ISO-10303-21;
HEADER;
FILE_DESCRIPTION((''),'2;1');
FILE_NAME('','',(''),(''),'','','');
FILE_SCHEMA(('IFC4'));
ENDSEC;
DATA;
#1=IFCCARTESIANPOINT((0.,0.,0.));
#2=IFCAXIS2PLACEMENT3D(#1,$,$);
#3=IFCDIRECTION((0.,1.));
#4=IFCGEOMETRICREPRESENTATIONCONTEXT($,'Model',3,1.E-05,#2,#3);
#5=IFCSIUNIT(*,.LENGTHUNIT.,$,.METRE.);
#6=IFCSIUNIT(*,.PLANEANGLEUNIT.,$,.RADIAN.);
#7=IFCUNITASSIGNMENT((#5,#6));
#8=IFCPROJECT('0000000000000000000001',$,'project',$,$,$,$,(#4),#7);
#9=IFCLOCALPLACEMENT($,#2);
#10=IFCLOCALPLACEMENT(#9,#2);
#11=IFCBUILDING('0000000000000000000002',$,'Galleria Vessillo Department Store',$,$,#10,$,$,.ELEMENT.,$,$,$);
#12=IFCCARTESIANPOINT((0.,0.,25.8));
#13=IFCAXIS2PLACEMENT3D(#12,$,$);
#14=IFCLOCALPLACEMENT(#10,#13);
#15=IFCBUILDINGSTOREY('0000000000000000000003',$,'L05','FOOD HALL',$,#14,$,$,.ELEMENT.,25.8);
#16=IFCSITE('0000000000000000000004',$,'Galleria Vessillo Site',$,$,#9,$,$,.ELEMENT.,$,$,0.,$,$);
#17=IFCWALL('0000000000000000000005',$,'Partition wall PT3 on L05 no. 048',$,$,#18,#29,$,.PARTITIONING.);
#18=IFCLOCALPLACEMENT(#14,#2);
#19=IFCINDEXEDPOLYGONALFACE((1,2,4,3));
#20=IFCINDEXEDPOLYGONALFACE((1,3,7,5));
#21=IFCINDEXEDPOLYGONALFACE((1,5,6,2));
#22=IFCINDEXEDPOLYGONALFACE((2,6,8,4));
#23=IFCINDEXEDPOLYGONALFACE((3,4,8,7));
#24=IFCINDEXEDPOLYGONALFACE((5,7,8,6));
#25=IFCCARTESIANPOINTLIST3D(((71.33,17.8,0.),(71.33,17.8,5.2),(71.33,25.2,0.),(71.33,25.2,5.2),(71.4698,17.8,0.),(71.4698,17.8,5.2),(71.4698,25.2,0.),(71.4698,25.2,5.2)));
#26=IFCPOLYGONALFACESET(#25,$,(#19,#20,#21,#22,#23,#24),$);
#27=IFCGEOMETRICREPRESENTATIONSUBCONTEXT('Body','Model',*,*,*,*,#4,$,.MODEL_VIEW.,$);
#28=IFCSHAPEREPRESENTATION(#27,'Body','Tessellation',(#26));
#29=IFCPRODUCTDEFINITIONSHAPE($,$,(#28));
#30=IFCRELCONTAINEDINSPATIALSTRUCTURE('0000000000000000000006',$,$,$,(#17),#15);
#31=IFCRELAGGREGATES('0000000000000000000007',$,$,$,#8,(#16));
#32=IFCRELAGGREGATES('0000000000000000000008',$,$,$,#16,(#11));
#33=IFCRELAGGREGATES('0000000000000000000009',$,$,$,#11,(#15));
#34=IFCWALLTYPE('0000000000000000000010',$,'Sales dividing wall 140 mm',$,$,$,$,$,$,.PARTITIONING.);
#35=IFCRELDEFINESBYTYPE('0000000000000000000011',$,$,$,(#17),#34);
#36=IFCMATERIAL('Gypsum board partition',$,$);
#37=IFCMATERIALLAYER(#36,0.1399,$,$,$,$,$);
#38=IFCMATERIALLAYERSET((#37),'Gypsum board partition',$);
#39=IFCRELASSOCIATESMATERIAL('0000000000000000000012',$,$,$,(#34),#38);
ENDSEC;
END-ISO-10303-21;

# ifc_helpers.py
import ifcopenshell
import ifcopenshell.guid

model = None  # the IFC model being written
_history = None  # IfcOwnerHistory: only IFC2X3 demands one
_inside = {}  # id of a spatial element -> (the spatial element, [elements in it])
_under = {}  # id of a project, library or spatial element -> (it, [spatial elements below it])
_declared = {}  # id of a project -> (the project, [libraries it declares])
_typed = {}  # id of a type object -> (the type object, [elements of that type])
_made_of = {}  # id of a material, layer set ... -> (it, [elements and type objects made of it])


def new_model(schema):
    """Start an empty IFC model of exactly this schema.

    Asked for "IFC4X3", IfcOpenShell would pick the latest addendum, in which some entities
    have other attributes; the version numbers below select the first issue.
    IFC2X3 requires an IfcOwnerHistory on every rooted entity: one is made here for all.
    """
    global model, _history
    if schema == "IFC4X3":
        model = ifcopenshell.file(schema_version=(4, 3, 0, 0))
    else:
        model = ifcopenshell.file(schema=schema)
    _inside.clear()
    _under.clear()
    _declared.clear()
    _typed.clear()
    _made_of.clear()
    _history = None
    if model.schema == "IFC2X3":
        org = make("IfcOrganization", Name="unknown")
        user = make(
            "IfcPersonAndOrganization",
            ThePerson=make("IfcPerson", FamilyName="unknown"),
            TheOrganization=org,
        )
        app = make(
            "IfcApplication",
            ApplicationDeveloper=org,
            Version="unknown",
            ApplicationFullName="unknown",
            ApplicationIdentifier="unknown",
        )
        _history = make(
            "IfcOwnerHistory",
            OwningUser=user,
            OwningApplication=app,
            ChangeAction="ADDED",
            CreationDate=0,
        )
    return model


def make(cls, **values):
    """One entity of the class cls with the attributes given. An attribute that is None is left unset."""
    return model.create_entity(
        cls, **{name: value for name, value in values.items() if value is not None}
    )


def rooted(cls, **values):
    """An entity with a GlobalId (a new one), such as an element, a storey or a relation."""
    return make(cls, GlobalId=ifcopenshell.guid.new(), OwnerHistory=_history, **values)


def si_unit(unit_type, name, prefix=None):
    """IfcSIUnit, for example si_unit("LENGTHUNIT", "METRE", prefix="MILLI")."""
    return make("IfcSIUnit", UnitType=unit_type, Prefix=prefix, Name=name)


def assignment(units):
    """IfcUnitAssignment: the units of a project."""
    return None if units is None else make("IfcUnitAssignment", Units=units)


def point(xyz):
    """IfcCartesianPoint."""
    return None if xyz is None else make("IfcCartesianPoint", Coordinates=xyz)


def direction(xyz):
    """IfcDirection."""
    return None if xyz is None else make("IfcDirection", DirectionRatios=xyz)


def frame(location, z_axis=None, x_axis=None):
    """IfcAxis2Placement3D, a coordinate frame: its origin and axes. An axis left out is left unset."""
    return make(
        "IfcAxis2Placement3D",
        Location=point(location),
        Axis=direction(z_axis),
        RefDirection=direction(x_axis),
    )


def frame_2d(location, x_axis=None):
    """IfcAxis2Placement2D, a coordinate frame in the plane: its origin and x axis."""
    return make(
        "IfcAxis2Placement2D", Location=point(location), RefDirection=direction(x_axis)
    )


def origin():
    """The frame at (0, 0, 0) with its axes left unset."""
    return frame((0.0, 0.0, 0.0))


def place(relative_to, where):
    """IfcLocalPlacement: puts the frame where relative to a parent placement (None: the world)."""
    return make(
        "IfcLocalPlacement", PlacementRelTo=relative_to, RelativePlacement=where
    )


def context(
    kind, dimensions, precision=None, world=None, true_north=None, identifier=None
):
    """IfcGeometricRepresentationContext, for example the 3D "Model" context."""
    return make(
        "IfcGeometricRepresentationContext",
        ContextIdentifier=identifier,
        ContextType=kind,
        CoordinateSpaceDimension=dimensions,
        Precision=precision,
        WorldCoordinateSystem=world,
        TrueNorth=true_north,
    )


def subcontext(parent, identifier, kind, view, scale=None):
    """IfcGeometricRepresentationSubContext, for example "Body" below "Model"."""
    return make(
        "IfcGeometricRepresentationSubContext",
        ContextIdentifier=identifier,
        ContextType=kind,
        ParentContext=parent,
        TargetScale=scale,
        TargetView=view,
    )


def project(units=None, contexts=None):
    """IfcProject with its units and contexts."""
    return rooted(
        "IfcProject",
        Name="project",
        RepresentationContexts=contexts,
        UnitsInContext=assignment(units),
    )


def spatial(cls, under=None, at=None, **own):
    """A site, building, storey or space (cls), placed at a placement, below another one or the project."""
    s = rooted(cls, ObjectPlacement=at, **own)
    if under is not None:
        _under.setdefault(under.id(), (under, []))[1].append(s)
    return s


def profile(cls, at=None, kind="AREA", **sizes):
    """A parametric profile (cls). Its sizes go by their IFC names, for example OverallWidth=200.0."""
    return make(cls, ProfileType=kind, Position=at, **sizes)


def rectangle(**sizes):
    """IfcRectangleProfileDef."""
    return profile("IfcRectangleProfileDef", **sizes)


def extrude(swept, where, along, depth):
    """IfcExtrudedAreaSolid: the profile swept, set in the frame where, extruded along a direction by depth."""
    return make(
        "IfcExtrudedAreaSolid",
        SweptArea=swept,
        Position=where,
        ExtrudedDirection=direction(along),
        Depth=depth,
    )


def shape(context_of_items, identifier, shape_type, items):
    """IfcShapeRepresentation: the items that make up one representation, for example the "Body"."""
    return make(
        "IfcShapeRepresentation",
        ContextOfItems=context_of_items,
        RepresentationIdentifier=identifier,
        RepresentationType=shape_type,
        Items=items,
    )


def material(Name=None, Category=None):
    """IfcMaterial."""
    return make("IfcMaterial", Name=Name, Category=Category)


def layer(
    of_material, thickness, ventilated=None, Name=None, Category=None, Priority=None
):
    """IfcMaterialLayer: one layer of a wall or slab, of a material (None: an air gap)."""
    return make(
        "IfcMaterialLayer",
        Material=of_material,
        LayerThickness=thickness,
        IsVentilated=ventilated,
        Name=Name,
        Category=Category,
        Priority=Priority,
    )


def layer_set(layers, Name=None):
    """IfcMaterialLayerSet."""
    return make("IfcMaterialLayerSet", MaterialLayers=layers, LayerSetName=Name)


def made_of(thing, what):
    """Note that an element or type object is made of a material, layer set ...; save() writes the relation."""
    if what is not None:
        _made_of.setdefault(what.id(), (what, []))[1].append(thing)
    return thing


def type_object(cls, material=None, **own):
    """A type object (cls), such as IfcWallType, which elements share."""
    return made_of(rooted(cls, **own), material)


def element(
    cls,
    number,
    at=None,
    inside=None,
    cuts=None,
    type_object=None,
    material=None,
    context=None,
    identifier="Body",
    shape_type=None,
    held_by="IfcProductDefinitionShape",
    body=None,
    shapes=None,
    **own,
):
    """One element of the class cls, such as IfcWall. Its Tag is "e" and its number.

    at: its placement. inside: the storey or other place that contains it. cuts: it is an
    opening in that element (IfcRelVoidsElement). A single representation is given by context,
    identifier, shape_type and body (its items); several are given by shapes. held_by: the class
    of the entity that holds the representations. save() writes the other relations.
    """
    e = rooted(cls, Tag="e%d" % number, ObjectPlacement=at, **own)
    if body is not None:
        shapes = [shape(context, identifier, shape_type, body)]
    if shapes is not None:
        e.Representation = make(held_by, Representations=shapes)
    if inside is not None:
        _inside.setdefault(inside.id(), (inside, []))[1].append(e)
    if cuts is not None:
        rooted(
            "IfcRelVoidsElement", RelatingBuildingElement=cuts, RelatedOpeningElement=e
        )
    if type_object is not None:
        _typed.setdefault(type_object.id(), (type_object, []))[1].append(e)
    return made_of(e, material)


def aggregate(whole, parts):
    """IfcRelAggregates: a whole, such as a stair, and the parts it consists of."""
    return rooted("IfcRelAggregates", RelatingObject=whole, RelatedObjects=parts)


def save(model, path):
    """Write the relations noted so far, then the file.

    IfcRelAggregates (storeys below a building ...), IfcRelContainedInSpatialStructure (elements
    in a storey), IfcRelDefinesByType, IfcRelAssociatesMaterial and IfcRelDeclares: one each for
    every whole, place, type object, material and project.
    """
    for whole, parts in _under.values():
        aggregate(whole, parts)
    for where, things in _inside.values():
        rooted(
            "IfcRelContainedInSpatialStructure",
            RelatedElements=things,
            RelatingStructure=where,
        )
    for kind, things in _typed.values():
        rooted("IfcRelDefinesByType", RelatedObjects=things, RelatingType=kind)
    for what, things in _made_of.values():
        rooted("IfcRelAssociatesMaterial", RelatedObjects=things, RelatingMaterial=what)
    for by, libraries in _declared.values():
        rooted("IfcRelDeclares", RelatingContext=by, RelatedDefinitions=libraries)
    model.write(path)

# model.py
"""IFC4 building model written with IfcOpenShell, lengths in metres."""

from ifc_helpers import new_model, si_unit, direction, frame, frame_2d, origin, place, context, subcontext, project, spatial, rectangle, extrude, material, layer, layer_set, type_object, element, save


model = new_model("IFC4")

# Units and contexts
model_context = context("Model", 3, precision=1e-05, world=origin(), true_north=direction((0.0, 1.0)))
body_context = subcontext(model_context, "Body", "Model", "MODEL_VIEW")
ifc_project = project(units=[si_unit("LENGTHUNIT", "METRE"), si_unit("PLANEANGLEUNIT", "RADIAN")], contexts=[model_context])

# Site, building, storey
site_placement = place(None, origin())
site = spatial("IfcSite", under=ifc_project, at=site_placement, Name="Galleria Vessillo Site", CompositionType="ELEMENT", RefElevation=0.0)
building_placement = place(site_placement, origin())
building = spatial("IfcBuilding", under=site, at=building_placement, Name="Galleria Vessillo Department Store", CompositionType="ELEMENT")
storey_placement = place(building_placement, frame((0.0, 0.0, 25.8)))
storey = spatial("IfcBuildingStorey", under=building, at=storey_placement, Name="L05", Description="FOOD HALL", CompositionType="ELEMENT", Elevation=25.8)

# Wall
ifc_material_1 = material(Name="Gypsum board partition")
ifc_layer_1 = layer(ifc_material_1, 0.1399)
ifc_layer_set_1 = layer_set([ifc_layer_1], Name="Gypsum board partition")
wall_type_1 = type_object("IfcWallType", Name="Sales dividing wall 140 mm", PredefinedType="PARTITIONING", material=ifc_layer_set_1)
wall_1_placement = place(storey_placement, frame((71.3999, 17.8, 0.0), z_axis=(0.0, 0.0, 1.0), x_axis=(0.0, 1.0, 0.0)))
element("IfcWall", 1, at=wall_1_placement, inside=storey, type_object=wall_type_1, Name="Partition wall PT3 on L05 no. 048", PredefinedType="PARTITIONING", context=body_context, shape_type="SweptSolid", body=[
    extrude(rectangle(XDim=7.3999, YDim=0.1399, at=frame_2d((3.7, 0.0))), origin(), (0.0, 0.0, 1.0), 5.2),
])

save(model, "model.ifc")
